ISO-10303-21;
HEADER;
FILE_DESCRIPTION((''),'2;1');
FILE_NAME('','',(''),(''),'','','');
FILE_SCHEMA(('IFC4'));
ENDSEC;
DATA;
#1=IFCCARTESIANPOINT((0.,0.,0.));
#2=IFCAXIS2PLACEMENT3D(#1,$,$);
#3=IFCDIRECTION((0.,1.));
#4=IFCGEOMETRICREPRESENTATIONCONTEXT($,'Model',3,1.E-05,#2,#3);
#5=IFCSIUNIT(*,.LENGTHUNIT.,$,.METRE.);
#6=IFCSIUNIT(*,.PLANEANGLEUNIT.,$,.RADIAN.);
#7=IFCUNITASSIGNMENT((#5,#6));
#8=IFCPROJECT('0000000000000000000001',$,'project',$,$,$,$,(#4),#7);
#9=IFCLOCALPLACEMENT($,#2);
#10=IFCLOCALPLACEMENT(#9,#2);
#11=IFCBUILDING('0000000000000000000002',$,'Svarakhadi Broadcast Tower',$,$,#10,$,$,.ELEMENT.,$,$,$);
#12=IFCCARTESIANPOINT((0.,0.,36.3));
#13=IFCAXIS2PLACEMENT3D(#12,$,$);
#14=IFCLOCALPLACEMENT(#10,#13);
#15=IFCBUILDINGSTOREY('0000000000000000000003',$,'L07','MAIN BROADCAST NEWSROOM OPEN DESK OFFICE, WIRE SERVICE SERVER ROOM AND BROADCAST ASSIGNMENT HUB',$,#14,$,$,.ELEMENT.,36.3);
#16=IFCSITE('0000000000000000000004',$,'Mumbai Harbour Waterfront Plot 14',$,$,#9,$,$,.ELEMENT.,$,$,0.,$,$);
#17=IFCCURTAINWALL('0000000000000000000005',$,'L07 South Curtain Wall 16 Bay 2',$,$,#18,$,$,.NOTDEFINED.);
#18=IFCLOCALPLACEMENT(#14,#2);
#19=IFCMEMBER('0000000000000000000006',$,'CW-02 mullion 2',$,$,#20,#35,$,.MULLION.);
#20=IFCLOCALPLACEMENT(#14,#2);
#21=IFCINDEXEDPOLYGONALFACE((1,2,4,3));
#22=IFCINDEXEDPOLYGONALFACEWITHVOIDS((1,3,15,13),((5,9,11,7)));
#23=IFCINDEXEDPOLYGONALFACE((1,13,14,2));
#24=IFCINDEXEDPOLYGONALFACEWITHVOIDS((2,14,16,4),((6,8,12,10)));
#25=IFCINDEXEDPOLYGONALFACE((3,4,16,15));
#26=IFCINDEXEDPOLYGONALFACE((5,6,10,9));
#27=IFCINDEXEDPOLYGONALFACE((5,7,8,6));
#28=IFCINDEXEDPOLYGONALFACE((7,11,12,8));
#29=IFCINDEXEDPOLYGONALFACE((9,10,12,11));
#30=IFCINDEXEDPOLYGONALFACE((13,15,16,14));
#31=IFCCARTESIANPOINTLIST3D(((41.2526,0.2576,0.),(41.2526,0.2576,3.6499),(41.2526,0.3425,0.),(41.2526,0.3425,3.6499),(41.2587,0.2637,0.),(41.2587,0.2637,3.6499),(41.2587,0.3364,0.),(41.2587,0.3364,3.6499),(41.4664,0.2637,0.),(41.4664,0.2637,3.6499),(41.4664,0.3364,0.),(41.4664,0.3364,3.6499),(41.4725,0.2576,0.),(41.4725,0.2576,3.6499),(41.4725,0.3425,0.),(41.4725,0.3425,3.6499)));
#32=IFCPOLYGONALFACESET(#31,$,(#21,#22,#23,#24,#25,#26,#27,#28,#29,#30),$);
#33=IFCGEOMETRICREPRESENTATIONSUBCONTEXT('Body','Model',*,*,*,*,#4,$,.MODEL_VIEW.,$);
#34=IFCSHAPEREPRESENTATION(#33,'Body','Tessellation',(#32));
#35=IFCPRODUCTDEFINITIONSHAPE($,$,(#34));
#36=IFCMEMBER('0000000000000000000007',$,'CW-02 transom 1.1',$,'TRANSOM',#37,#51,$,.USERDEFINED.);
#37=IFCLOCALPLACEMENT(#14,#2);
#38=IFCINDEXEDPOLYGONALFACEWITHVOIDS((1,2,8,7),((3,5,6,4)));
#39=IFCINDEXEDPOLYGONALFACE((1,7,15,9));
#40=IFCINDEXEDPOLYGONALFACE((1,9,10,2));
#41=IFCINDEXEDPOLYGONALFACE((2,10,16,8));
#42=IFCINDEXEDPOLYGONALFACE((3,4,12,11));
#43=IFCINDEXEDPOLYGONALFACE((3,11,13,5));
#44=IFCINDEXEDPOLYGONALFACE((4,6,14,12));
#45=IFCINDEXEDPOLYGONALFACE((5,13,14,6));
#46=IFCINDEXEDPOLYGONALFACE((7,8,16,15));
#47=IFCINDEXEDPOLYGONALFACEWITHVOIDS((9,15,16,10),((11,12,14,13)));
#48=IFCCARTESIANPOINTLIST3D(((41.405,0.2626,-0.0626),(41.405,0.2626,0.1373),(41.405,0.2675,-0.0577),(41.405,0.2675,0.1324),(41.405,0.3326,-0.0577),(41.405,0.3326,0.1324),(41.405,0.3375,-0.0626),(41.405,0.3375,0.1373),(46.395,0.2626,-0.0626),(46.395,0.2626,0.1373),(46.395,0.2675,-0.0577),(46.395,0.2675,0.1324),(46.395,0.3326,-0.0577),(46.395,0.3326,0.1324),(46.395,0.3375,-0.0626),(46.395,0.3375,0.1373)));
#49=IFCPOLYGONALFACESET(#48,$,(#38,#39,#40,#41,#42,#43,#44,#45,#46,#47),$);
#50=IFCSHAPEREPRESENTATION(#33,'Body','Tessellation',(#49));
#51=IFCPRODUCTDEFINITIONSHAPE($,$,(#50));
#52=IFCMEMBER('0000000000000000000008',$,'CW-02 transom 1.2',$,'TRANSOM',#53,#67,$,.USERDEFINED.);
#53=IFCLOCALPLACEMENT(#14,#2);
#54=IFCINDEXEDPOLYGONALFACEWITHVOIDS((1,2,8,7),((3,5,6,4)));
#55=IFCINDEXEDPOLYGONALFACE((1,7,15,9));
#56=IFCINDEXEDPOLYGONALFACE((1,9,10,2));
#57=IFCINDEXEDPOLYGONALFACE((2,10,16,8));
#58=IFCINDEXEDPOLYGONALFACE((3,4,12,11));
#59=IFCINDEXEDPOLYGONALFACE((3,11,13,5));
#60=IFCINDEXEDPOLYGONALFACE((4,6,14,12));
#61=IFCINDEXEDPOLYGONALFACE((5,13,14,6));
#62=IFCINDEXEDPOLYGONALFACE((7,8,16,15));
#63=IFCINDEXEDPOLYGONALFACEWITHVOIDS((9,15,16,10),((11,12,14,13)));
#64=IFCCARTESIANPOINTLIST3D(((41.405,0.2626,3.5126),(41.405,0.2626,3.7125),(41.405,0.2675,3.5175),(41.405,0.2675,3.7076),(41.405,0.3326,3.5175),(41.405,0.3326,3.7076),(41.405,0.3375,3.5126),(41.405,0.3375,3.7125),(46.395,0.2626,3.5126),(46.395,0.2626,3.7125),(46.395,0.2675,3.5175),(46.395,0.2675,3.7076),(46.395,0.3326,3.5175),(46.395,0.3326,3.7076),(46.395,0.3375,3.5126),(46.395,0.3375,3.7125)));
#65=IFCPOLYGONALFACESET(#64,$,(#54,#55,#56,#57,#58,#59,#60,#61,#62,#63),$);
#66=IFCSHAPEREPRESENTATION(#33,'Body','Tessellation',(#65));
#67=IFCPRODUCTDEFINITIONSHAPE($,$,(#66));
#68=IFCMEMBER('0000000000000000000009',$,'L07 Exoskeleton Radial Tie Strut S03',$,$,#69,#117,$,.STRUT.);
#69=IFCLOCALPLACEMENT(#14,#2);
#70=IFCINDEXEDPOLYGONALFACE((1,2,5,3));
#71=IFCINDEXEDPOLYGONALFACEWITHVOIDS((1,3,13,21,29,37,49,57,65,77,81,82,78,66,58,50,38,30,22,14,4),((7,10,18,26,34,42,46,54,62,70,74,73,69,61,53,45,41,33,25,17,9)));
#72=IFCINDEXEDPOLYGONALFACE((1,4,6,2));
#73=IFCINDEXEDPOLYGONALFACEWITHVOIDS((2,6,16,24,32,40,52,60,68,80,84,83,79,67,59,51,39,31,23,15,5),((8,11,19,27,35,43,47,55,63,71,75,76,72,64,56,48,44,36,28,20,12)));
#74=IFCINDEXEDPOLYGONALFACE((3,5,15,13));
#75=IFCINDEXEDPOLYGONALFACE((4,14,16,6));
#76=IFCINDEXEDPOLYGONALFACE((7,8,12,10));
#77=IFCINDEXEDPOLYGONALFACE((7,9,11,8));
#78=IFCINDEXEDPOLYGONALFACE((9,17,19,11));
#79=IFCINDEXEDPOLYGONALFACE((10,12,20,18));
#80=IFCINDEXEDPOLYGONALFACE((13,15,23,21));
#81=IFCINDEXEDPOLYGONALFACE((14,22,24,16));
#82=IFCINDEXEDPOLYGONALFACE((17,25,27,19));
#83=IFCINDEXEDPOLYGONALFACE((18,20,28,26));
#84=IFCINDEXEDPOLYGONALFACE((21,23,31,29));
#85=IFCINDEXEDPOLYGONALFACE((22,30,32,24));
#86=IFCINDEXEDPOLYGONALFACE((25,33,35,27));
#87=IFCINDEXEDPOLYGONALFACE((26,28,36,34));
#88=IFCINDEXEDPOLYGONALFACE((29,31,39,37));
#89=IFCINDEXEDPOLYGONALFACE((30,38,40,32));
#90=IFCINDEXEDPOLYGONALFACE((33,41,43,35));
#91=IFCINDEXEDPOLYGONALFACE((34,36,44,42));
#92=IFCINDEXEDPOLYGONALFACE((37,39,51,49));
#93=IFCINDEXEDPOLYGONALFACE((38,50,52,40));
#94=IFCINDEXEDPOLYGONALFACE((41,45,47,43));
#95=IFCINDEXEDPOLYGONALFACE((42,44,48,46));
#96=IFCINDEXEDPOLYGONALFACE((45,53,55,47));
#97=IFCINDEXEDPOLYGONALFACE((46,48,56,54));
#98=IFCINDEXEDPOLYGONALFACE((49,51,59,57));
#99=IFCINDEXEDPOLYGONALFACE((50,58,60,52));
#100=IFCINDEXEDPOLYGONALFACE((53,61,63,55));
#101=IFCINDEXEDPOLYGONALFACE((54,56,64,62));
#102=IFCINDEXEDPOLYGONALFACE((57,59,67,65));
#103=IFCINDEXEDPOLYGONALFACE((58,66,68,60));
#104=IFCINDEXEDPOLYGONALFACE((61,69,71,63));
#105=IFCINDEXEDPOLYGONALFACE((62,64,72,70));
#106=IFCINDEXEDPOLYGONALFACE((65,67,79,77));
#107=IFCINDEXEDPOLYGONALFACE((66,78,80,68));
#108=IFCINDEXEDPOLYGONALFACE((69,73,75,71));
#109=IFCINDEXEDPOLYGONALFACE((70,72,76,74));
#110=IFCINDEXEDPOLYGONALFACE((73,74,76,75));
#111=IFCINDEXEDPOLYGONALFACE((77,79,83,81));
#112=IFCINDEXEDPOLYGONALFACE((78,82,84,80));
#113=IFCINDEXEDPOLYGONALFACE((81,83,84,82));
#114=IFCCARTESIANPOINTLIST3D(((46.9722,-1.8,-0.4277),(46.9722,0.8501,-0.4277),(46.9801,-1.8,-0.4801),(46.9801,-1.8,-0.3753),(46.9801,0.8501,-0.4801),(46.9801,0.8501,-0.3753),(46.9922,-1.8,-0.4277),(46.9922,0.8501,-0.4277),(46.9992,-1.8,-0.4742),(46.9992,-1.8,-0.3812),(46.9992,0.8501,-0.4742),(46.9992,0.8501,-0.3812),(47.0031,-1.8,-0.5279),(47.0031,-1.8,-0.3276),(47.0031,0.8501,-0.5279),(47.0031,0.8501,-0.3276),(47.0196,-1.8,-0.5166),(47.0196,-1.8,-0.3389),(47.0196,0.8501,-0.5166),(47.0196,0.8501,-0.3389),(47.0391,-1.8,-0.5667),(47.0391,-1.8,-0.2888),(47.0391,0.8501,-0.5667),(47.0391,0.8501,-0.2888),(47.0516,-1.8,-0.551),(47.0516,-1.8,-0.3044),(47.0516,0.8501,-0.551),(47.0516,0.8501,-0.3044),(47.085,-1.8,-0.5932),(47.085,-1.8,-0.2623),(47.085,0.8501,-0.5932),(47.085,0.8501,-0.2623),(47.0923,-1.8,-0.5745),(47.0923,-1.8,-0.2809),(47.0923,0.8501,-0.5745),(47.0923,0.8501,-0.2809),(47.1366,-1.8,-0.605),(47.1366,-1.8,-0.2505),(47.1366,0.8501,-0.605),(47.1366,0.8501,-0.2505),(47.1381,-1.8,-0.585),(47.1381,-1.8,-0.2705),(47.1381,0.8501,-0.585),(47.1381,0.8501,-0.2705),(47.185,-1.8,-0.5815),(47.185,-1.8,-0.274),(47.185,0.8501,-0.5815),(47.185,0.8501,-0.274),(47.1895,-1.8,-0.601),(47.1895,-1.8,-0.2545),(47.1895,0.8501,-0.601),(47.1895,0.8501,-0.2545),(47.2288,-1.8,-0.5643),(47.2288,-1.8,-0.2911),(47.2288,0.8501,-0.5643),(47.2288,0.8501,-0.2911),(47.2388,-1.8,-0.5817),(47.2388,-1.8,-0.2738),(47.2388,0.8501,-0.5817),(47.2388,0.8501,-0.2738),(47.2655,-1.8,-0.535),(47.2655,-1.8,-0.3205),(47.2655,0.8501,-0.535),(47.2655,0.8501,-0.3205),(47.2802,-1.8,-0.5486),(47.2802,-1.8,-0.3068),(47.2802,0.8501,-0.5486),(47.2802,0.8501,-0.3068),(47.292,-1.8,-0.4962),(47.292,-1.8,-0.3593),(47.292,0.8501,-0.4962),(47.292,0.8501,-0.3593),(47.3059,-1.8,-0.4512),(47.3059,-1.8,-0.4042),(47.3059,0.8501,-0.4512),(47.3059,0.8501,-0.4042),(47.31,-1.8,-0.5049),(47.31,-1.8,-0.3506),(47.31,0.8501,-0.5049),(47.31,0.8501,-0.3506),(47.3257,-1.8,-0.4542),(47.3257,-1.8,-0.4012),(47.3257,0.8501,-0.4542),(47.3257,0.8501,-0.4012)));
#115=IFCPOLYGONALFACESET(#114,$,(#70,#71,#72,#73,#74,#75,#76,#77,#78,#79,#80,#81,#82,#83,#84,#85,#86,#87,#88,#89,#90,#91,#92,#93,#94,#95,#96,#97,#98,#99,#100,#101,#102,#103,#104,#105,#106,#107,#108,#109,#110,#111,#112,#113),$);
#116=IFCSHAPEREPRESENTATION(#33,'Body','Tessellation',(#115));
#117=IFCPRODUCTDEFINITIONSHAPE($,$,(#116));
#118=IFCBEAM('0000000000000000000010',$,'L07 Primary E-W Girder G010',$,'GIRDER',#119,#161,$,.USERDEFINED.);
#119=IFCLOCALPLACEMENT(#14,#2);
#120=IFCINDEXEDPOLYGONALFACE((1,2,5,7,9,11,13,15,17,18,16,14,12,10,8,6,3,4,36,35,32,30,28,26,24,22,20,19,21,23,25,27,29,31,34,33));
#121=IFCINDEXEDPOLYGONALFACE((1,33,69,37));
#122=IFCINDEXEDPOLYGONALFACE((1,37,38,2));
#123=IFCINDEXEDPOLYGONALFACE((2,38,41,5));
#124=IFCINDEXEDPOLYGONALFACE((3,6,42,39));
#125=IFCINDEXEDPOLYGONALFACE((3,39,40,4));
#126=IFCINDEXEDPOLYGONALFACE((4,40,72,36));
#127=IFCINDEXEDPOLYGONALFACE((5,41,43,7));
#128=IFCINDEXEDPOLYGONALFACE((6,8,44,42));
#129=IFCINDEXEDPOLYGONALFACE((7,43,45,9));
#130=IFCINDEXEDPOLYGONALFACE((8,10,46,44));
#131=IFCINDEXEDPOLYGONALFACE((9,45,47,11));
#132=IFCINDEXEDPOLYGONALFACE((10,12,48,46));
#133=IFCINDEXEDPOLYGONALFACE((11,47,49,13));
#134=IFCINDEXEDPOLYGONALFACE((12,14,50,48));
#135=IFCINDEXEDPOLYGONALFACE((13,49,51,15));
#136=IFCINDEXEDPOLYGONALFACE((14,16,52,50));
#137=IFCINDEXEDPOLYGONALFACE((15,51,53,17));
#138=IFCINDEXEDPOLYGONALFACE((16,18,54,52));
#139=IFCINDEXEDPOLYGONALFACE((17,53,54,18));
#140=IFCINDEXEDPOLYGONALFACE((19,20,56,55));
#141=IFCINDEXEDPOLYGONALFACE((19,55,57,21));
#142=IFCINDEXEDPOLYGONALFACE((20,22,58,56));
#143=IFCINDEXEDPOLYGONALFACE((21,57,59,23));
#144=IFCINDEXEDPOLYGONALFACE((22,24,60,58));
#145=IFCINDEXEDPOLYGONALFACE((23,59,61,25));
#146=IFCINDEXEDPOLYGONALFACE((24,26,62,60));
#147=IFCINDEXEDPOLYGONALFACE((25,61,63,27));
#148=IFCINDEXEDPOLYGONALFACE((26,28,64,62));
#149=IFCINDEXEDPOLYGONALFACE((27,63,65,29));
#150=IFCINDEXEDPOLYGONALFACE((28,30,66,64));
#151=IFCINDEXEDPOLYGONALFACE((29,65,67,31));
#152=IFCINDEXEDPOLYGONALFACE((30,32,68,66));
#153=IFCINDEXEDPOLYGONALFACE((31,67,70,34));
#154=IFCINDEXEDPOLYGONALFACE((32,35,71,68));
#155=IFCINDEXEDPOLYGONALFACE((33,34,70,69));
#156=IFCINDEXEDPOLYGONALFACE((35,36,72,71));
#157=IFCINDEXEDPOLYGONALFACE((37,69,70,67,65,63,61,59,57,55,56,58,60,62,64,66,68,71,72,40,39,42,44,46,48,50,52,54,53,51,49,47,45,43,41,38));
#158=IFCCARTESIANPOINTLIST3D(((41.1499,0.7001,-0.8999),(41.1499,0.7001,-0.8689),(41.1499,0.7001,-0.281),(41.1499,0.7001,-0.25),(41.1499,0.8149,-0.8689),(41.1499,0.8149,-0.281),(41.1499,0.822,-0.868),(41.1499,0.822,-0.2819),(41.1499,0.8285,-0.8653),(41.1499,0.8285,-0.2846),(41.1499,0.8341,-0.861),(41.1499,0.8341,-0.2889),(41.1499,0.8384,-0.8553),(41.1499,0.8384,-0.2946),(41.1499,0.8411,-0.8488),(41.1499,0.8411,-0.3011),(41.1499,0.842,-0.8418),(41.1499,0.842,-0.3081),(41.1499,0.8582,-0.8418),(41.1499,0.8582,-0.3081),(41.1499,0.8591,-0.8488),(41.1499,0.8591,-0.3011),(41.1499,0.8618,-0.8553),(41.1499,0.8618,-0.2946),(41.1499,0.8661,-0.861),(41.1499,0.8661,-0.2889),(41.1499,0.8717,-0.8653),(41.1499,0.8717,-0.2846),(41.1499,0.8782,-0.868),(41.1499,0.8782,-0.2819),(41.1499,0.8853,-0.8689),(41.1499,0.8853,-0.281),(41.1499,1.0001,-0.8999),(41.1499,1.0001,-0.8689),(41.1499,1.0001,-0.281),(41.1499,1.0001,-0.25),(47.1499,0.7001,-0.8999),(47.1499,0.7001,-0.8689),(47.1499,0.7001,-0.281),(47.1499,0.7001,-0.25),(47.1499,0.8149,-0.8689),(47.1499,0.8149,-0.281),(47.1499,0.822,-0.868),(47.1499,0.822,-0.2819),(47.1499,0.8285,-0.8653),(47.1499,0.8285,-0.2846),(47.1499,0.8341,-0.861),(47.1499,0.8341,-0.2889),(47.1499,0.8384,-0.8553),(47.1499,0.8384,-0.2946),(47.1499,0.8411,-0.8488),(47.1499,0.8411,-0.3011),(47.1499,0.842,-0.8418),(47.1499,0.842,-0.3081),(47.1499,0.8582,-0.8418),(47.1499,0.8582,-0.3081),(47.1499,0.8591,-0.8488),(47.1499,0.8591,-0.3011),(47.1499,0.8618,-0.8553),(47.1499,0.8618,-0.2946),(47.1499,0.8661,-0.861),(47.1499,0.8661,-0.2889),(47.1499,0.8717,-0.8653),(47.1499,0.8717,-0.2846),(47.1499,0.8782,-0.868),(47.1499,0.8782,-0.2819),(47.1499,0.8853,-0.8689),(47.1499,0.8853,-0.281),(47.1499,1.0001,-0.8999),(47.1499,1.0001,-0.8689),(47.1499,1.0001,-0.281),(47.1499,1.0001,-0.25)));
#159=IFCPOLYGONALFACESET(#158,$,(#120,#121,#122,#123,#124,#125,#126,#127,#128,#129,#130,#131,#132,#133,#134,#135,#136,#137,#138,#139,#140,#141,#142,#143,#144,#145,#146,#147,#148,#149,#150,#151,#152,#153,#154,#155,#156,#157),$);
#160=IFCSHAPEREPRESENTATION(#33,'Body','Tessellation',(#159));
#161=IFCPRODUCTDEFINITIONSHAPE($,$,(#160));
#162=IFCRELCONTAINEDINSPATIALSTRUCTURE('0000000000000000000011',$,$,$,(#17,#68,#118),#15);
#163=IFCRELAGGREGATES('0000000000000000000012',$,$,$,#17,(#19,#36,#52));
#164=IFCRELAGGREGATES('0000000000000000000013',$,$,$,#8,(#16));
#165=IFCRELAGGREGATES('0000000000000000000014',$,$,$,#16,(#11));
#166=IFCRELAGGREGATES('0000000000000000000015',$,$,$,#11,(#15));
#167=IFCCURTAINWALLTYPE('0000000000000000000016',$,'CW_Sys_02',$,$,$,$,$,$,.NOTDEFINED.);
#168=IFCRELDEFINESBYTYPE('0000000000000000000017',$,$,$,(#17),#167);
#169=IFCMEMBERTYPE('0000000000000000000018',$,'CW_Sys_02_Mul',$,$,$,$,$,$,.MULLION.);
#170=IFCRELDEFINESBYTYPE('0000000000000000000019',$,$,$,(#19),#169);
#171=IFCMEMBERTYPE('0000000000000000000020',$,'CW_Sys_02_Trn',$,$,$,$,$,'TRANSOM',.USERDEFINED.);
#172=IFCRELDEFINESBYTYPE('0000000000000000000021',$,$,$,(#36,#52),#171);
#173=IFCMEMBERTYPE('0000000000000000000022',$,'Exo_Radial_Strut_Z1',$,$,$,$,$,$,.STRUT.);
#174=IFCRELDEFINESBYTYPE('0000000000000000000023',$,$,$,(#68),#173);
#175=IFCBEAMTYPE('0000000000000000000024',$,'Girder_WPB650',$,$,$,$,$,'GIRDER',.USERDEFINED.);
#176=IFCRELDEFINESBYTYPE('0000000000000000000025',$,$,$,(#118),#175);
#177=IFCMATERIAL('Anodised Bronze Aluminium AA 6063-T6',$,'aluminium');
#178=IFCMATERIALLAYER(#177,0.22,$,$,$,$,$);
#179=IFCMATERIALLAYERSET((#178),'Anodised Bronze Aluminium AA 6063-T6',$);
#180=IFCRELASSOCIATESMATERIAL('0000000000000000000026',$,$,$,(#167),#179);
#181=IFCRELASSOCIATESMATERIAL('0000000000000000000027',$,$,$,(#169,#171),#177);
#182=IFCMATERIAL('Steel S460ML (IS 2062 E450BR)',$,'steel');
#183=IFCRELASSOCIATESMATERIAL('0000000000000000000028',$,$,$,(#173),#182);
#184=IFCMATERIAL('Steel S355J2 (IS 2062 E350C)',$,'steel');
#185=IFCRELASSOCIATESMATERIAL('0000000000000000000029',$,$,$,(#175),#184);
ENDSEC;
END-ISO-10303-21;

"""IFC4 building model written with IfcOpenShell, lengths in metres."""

from ifc_helpers import new_model, si_unit, direction, frame, origin, origin_2d, place, context, subcontext, project, spatial, hollow_rectangle, hollow_circle, i_section, extrude, material, layer, layer_set, material_profile, profile_set, type_object, element, aggregate, save


model = new_model("IFC4")

# Units and contexts
model_context = context("Model", 3, precision=1e-05, world=origin(), true_north=direction((0.0, 1.0)))
body_context = subcontext(model_context, "Body", "Model", "MODEL_VIEW")
ifc_project = project(units=[si_unit("LENGTHUNIT", "METRE"), si_unit("PLANEANGLEUNIT", "RADIAN")], contexts=[model_context])

# Site, building, storey
site_placement = place(None, origin())
site = spatial("IfcSite", under=ifc_project, at=site_placement, Name="Mumbai Harbour Waterfront Plot 14", CompositionType="ELEMENT", RefElevation=0.0)
building_placement = place(site_placement, origin())
building = spatial("IfcBuilding", under=site, at=building_placement, Name="Svarakhadi Broadcast Tower", CompositionType="ELEMENT")
storey_placement = place(building_placement, frame((0.0, 0.0, 36.3)))
storey = spatial("IfcBuildingStorey", under=building, at=storey_placement, Name="L07", Description="MAIN BROADCAST NEWSROOM OPEN DESK OFFICE, WIRE SERVICE SERVER ROOM AND BROADCAST ASSIGNMENT HUB", CompositionType="ELEMENT", Elevation=36.3)

# Shared definitions
ifc_material_1 = material(Name="Steel S460ML (IS 2062 E450BR)", Category="steel")

# Shared definitions
ifc_material_2 = material(Name="Steel S355J2 (IS 2062 E350C)", Category="steel")

# Curtain wall, members
ifc_material_3 = material(Name="Anodised Bronze Aluminium AA 6063-T6", Category="aluminium")
ifc_layer_1 = layer(ifc_material_3, 0.22)
ifc_layer_set_1 = layer_set([ifc_layer_1], Name="Anodised Bronze Aluminium AA 6063-T6")
curtain_wall_type = type_object("IfcCurtainWallType", Name="CW_Sys_02", PredefinedType="NOTDEFINED", material=ifc_layer_set_1)
curtain_wall_placement = place(storey_placement, origin())
curtain_wall = element("IfcCurtainWall", 1, at=curtain_wall_placement, inside=storey, type_object=curtain_wall_type, Name="L07 South Curtain Wall 16 Bay 2", PredefinedType="NOTDEFINED")
ifc_material_profile_1 = material_profile(ifc_material_3, hollow_rectangle(XDim=0.085, YDim=0.22, WallThickness=0.0061, at=origin_2d()), Name="ALU MULLION 220x85x6")
ifc_profile_set_1 = profile_set([ifc_material_profile_1], Name="Anodised Bronze Aluminium AA 6063-T6")
member_type_1 = type_object("IfcMemberType", Name="CW_Sys_02_Mul", PredefinedType="MULLION", material=ifc_profile_set_1)
member_1_placement = place(storey_placement, frame((41.3625, 0.3, 0.0), z_axis=(0.0, 0.0, 1.0), x_axis=(0.0, -1.0, 0.0)))
member_1 = element("IfcMember", 2, at=member_1_placement, type_object=member_type_1, Name="CW-02 mullion 2", PredefinedType="MULLION", context=body_context, shape_type="SweptSolid", body=[
    extrude(hollow_rectangle(XDim=0.085, YDim=0.22, WallThickness=0.0061, at=origin_2d()), origin(), (0.0, 0.0, 1.0), 3.6499),
])
ifc_material_profile_2 = material_profile(ifc_material_3, hollow_rectangle(XDim=0.075, YDim=0.2, WallThickness=0.0049, at=origin_2d()), Name="ALU TRANSOM 200x75x5")
ifc_profile_set_2 = profile_set([ifc_material_profile_2], Name="Anodised Bronze Aluminium AA 6063-T6")
member_type_2 = type_object("IfcMemberType", Name="CW_Sys_02_Trn", ElementType="TRANSOM", PredefinedType="USERDEFINED", material=ifc_profile_set_2)
member_2_placement = place(storey_placement, frame((46.395, 0.3, 0.0374), z_axis=(-1.0, 0.0, 0.0), x_axis=(0.0, -1.0, 0.0)))
member_2 = element("IfcMember", 3, at=member_2_placement, type_object=member_type_2, Name="CW-02 transom 1.1", ObjectType="TRANSOM", PredefinedType="USERDEFINED", context=body_context, shape_type="SweptSolid", body=[
    extrude(hollow_rectangle(XDim=0.075, YDim=0.2, WallThickness=0.0049, at=origin_2d()), origin(), (0.0, 0.0, 1.0), 4.99),
])
member_3_placement = place(storey_placement, frame((46.395, 0.3, 3.6125), z_axis=(-1.0, 0.0, 0.0), x_axis=(0.0, -1.0, 0.0)))
member_3 = element("IfcMember", 4, at=member_3_placement, type_object=member_type_2, Name="CW-02 transom 1.2", ObjectType="TRANSOM", PredefinedType="USERDEFINED", context=body_context, shape_type="SweptSolid", body=[
    extrude(hollow_rectangle(XDim=0.075, YDim=0.2, WallThickness=0.0049, at=origin_2d()), origin(), (0.0, 0.0, 1.0), 4.99),
])

# Member
ifc_material_profile_3 = material_profile(ifc_material_1, hollow_circle(Radius=0.1777, WallThickness=0.02, at=origin_2d()), Name="CHS 355.6x20")
ifc_profile_set_3 = profile_set([ifc_material_profile_3], Name="Steel S460ML (IS 2062 E450BR)")
member_type_3 = type_object("IfcMemberType", Name="Exo_Radial_Strut_Z1", PredefinedType="STRUT", material=ifc_profile_set_3)
member_4_placement = place(storey_placement, frame((47.1499, -1.8, -0.4277), z_axis=(0.0, 1.0, 0.0), x_axis=(-1.0, 0.0, 0.0)))
element("IfcMember", 5, at=member_4_placement, inside=storey, type_object=member_type_3, Name="L07 Exoskeleton Radial Tie Strut S03", PredefinedType="STRUT", context=body_context, shape_type="SweptSolid", body=[
    extrude(hollow_circle(Radius=0.1777, WallThickness=0.02, at=origin_2d()), origin(), (0.0, 0.0, 1.0), 2.6501),
])

# Beam
ifc_material_profile_4 = material_profile(ifc_material_2, i_section(OverallWidth=0.3, OverallDepth=0.6499, WebThickness=0.0161, FlangeThickness=0.031, FilletRadius=0.0271, at=origin_2d()), Name="WPB 650x300x225")
ifc_profile_set_4 = profile_set([ifc_material_profile_4], Name="Steel S355J2 (IS 2062 E350C)")
beam_type_1 = type_object("IfcBeamType", Name="Girder_WPB650", ElementType="GIRDER", PredefinedType="USERDEFINED", material=ifc_profile_set_4)
for number, where, z_axis, x_axis, name in (
    (6, (41.1499, 0.8501, -0.575), (1.0, 0.0, 0.0), (0.0, 1.0, 0.0), "L07 Primary E-W Girder G010"),
):
    element("IfcBeam", number, at=place(storey_placement, frame(where, z_axis=z_axis, x_axis=x_axis)), inside=storey, type_object=beam_type_1, Name=name, ObjectType="GIRDER", PredefinedType="USERDEFINED", context=body_context, shape_type="SweptSolid", body=[
        extrude(i_section(OverallWidth=0.3, OverallDepth=0.6499, WebThickness=0.0161, FlangeThickness=0.031, FilletRadius=0.0271, at=origin_2d()), origin(), (0.0, 0.0, 1.0), 6.0),
    ])

aggregate(curtain_wall, [member_1, member_2, member_3])

save(model, "model.ifc")
